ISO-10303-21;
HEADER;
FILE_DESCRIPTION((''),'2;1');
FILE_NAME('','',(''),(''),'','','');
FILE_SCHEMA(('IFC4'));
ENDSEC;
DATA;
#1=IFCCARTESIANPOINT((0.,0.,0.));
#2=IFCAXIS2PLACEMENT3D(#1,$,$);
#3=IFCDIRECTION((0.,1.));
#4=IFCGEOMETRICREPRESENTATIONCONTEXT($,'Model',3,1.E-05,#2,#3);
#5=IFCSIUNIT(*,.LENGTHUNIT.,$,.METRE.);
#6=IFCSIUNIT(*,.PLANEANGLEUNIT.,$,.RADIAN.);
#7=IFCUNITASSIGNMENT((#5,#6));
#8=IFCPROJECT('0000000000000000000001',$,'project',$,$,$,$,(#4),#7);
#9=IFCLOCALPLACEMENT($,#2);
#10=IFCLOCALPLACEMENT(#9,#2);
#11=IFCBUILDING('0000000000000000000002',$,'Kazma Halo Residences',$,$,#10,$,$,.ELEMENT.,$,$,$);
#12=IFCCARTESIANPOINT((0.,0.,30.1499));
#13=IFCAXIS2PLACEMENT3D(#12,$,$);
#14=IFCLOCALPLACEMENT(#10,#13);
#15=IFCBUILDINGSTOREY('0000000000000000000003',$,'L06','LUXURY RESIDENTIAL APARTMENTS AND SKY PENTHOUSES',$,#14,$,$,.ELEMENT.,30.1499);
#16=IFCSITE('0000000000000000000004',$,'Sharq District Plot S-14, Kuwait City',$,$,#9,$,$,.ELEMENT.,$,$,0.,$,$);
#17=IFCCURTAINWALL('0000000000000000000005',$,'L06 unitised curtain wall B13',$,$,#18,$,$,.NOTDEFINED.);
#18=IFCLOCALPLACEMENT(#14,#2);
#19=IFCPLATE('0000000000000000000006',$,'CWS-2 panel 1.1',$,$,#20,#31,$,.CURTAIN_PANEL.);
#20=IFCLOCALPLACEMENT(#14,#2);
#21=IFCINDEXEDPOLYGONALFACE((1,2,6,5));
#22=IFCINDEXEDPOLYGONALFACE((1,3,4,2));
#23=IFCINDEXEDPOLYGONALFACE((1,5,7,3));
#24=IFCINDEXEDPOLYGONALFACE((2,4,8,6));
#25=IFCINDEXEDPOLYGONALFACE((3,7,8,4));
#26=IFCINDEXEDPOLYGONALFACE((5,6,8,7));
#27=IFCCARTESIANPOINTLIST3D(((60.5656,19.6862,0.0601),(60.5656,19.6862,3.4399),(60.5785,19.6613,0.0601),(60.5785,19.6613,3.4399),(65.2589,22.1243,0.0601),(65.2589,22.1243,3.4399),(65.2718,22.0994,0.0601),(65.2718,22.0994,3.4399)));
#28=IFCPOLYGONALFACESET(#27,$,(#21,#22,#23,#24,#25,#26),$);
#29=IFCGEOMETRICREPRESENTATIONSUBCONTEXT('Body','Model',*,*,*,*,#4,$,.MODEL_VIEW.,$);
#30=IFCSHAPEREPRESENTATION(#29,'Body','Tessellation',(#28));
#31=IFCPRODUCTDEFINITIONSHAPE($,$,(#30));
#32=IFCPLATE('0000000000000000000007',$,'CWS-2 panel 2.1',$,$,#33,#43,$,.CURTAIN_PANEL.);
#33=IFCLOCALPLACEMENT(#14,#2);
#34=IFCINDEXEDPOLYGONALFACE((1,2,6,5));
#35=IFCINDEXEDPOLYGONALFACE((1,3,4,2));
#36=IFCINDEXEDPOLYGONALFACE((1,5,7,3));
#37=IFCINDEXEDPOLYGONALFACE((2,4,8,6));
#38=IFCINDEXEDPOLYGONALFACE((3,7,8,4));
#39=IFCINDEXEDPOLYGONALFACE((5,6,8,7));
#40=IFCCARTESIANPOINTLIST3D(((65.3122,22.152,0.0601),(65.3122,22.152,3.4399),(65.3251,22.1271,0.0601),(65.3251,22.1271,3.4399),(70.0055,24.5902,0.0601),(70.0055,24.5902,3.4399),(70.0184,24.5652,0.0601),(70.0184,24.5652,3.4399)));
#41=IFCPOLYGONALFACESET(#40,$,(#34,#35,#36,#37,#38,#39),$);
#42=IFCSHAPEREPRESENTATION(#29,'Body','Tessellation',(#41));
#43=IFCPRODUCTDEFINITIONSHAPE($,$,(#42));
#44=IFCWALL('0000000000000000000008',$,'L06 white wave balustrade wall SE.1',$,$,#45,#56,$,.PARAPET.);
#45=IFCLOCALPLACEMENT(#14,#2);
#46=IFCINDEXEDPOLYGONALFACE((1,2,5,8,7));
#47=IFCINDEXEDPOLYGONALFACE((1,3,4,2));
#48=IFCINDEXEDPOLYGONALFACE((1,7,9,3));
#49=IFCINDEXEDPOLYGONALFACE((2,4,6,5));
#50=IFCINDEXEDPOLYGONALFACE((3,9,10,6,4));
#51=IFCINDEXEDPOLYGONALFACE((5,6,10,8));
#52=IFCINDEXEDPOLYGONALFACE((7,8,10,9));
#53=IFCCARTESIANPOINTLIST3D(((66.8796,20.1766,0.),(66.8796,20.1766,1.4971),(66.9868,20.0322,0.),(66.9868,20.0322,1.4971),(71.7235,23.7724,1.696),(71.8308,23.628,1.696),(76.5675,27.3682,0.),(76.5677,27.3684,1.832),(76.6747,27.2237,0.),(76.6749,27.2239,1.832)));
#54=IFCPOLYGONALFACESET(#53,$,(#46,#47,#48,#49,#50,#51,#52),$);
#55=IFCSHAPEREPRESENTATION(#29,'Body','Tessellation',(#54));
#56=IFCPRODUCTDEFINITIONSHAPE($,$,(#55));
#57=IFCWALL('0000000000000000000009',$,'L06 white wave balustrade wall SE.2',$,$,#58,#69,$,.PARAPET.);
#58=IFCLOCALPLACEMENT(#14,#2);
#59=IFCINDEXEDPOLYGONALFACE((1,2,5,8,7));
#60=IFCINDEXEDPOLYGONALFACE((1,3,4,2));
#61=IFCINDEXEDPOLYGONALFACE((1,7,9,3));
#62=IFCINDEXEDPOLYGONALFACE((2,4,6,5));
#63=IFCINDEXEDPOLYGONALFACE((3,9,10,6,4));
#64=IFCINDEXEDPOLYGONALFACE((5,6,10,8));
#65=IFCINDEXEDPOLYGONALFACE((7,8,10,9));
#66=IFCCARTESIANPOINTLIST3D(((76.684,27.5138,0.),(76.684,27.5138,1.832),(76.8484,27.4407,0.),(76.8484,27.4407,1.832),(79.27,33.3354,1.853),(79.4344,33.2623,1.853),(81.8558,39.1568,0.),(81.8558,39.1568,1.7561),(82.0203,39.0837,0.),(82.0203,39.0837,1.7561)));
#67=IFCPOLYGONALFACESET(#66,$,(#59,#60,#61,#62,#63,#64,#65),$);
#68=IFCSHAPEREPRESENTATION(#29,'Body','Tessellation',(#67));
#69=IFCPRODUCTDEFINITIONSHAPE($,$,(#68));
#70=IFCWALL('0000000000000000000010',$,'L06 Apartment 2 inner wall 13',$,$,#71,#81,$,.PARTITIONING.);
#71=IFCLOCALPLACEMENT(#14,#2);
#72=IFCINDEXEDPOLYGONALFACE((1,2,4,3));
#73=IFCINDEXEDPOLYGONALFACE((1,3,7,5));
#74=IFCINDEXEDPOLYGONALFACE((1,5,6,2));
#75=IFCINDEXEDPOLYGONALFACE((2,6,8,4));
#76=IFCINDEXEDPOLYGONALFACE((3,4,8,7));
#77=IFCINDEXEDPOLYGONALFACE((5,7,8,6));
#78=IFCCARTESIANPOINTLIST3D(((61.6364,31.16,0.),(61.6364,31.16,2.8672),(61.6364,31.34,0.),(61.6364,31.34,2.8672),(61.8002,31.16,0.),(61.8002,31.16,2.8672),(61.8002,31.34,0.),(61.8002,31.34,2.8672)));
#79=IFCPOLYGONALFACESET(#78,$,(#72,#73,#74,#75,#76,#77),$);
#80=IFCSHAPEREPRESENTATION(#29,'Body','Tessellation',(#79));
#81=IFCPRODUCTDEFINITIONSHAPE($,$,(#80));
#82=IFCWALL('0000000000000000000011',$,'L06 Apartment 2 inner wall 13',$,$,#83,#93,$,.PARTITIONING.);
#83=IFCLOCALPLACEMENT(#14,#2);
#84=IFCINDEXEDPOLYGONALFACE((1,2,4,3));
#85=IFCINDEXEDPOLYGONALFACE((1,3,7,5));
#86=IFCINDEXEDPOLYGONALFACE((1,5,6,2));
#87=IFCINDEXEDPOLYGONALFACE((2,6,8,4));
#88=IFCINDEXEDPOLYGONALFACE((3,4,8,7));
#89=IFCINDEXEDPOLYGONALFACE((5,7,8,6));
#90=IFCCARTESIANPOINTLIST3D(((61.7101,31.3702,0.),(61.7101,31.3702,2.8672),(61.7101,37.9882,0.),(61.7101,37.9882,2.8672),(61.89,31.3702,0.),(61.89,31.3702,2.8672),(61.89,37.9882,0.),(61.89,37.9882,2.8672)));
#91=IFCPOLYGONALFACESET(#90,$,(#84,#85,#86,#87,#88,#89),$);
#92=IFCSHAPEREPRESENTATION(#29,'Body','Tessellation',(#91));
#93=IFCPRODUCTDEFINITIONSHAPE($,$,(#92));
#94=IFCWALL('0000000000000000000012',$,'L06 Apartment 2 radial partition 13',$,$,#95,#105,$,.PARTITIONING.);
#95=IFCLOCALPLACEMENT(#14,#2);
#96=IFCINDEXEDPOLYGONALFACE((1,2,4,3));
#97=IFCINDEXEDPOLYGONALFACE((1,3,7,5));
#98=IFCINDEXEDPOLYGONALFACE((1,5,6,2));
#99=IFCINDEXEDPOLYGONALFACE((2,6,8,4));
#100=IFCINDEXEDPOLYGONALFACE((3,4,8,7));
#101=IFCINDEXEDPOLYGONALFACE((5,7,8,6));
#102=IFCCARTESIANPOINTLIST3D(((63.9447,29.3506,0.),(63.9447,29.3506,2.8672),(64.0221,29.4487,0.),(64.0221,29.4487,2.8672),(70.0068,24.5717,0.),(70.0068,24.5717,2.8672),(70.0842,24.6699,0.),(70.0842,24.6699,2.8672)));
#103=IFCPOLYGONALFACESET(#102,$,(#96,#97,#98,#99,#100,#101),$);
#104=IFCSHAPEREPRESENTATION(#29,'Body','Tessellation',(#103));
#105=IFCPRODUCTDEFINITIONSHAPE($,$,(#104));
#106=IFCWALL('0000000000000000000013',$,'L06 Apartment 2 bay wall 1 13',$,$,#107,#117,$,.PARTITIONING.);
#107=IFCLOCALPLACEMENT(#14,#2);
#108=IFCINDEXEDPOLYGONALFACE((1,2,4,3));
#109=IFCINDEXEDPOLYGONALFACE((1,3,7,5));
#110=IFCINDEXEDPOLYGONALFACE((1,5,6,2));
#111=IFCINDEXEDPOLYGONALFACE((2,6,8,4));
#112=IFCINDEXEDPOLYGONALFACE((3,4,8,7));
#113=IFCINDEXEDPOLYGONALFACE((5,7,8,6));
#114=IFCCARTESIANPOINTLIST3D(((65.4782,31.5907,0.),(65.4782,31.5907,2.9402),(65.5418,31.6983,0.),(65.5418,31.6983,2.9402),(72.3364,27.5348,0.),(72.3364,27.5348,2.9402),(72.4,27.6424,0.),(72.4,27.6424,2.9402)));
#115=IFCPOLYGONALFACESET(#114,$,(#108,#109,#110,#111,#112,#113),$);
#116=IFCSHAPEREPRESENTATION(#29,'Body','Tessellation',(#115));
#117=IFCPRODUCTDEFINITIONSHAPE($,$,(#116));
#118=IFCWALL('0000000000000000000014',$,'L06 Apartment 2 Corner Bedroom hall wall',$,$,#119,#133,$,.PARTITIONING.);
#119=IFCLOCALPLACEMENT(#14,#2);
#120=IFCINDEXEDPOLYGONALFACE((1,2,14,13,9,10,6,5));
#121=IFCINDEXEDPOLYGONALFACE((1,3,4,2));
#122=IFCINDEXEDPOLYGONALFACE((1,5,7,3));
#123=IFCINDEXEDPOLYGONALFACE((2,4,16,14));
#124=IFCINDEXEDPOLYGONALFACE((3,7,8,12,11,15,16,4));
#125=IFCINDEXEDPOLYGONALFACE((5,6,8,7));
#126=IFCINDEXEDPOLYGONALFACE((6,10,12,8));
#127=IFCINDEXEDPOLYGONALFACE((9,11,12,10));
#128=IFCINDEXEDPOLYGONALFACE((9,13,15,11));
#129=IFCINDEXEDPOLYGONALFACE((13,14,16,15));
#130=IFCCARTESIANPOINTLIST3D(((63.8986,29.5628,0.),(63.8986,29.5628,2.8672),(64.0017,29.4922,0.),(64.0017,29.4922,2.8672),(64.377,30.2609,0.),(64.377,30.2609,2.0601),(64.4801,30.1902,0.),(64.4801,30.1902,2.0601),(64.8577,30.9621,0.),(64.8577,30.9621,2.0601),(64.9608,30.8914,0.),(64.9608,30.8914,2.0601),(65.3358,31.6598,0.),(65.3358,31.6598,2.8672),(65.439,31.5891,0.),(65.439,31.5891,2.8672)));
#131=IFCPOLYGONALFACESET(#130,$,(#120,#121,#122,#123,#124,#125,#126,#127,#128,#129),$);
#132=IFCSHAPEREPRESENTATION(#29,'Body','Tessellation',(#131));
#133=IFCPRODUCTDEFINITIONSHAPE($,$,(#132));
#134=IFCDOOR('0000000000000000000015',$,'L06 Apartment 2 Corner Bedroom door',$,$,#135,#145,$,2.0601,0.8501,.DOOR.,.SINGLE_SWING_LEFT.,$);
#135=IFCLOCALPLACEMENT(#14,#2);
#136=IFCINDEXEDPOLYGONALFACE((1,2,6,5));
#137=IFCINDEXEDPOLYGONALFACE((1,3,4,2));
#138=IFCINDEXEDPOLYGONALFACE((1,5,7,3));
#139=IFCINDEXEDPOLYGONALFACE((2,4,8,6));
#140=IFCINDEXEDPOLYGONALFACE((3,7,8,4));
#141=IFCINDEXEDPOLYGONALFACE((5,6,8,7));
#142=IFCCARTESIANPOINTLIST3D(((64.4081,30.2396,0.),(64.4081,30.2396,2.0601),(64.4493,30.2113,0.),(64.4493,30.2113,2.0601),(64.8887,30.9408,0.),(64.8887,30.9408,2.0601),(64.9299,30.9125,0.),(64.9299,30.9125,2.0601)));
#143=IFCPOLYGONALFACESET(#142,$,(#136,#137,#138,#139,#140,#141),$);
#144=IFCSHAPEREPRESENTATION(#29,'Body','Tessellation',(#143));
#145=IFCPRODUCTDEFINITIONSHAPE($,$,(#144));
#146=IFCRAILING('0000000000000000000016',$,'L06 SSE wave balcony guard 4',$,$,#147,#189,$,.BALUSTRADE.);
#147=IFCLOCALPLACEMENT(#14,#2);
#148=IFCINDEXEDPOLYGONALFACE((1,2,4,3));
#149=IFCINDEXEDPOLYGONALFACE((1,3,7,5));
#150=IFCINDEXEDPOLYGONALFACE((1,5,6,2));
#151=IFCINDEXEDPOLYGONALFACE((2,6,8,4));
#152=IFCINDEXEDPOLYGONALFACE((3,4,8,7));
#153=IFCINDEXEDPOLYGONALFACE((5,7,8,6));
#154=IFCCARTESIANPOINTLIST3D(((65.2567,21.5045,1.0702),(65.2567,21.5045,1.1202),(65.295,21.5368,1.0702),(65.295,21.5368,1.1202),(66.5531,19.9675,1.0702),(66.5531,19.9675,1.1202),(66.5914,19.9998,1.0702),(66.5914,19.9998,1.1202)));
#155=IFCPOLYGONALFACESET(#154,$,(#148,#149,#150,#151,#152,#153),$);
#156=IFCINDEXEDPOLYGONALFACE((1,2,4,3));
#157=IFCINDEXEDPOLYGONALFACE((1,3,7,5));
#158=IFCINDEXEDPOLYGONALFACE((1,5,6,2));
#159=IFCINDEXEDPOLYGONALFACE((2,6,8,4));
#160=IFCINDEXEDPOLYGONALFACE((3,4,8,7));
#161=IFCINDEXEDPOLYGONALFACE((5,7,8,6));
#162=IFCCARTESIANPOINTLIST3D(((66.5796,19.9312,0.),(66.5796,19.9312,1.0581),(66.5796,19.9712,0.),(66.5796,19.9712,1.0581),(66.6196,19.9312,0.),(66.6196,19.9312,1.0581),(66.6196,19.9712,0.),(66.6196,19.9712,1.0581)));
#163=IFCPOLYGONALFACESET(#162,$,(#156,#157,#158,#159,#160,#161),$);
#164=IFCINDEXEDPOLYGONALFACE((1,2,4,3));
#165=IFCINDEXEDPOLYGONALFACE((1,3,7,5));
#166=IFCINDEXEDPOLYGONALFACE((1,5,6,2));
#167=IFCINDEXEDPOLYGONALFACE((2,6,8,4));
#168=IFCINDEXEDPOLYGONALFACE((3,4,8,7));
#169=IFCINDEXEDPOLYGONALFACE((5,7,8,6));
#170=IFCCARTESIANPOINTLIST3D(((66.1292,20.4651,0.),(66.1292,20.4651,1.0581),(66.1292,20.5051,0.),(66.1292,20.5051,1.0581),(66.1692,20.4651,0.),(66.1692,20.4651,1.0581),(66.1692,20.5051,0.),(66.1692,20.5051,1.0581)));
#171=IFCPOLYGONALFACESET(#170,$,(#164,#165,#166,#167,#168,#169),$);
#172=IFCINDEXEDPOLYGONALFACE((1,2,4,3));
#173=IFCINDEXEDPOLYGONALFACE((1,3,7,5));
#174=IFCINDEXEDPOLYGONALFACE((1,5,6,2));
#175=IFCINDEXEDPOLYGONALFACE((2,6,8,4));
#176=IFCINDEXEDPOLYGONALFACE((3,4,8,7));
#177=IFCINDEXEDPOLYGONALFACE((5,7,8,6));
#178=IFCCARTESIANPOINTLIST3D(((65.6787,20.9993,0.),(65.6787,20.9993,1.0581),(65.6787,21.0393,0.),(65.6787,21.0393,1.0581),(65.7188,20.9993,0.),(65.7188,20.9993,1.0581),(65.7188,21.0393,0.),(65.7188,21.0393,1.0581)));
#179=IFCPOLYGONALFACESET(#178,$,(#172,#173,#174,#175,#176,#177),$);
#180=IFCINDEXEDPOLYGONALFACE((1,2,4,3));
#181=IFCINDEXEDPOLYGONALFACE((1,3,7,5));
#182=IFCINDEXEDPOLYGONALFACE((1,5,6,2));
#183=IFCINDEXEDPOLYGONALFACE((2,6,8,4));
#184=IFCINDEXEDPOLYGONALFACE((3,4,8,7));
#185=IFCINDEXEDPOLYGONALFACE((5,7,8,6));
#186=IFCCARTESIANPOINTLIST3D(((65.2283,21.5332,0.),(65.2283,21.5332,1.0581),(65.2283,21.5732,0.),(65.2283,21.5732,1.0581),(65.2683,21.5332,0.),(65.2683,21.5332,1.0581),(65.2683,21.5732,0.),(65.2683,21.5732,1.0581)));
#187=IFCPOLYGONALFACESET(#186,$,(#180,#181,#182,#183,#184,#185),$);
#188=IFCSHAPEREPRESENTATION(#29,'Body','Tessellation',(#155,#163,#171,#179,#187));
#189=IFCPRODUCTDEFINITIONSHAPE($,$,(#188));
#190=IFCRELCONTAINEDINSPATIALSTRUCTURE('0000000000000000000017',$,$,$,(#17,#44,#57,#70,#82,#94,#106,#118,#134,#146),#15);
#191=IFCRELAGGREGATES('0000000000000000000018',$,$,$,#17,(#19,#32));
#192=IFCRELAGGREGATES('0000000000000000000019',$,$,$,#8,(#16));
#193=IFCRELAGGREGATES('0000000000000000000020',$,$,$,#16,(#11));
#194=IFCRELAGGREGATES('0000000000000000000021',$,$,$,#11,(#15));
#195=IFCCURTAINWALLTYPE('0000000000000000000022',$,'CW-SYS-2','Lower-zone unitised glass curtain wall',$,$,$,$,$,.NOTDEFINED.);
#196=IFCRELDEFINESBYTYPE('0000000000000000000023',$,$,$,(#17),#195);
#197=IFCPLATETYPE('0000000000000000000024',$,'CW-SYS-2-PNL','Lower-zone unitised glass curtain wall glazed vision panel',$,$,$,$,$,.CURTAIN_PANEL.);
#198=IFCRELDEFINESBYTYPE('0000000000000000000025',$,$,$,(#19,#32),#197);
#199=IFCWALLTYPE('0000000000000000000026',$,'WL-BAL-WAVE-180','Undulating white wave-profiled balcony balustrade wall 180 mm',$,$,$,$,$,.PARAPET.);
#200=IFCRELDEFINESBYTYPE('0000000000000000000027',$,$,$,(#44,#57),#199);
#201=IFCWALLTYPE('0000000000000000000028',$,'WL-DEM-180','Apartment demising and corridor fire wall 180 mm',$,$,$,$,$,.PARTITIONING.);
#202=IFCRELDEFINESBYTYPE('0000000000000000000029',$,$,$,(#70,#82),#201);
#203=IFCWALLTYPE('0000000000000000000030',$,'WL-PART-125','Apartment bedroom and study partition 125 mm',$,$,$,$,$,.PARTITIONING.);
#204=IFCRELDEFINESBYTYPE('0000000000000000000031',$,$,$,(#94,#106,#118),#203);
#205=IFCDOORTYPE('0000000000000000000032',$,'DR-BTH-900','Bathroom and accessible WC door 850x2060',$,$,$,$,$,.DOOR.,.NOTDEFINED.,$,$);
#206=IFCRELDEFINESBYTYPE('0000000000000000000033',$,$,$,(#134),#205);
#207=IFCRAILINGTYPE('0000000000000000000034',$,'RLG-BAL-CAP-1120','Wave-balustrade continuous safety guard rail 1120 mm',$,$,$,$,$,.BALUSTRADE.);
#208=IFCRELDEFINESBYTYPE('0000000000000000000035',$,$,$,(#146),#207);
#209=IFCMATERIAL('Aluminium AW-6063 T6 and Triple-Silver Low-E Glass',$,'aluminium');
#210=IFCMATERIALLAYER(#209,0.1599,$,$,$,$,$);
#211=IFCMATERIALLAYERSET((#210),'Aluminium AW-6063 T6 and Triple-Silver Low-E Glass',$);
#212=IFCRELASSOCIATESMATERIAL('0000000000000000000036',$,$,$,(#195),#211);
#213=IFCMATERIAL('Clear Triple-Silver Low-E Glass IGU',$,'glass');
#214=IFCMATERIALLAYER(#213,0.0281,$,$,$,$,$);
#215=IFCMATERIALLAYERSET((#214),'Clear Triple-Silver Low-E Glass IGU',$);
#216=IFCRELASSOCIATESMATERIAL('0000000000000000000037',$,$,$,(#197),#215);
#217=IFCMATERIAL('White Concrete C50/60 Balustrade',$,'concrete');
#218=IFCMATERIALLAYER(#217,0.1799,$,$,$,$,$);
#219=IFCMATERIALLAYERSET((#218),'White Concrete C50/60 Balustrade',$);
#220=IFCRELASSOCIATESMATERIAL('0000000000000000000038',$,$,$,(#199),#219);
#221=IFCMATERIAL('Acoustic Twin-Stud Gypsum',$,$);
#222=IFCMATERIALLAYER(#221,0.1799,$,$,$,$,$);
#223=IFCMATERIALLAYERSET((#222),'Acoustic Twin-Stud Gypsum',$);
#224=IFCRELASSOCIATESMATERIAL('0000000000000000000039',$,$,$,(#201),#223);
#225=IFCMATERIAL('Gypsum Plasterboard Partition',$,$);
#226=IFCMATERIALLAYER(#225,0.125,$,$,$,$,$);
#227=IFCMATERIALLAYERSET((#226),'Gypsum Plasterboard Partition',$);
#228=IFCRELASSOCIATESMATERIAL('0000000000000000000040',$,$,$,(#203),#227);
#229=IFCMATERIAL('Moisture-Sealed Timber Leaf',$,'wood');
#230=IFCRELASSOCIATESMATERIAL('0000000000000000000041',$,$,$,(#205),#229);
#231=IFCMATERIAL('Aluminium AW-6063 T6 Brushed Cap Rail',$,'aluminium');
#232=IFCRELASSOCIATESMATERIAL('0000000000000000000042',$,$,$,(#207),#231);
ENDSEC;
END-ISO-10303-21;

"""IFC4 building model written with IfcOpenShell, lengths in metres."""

from ifc_helpers import new_model, si_unit, direction, frame, frame_2d, origin, origin_2d, place, context, subcontext, project, spatial, polyline, rectangle, outline, extrude, material, layer, layer_set, type_object, element, fill, aggregate, save


model = new_model("IFC4")

# Units and contexts
model_context = context("Model", 3, precision=1e-05, world=origin(), true_north=direction((0.0, 1.0)))
body_context = subcontext(model_context, "Body", "Model", "MODEL_VIEW")
ifc_project = project(units=[si_unit("LENGTHUNIT", "METRE"), si_unit("PLANEANGLEUNIT", "RADIAN")], contexts=[model_context])

# Site, building, storey
site_placement = place(None, origin())
site = spatial("IfcSite", under=ifc_project, at=site_placement, Name="Sharq District Plot S-14, Kuwait City", CompositionType="ELEMENT", RefElevation=0.0)
building_placement = place(site_placement, origin())
building = spatial("IfcBuilding", under=site, at=building_placement, Name="Kazma Halo Residences", CompositionType="ELEMENT")
storey_placement = place(building_placement, frame((0.0, 0.0, 30.1499)))
storey = spatial("IfcBuildingStorey", under=building, at=storey_placement, Name="L06", Description="LUXURY RESIDENTIAL APARTMENTS AND SKY PENTHOUSES", CompositionType="ELEMENT", Elevation=30.1499)

# Curtain wall, plates
ifc_material_1 = material(Name="Aluminium AW-6063 T6 and Triple-Silver Low-E Glass", Category="aluminium")
ifc_layer_1 = layer(ifc_material_1, 0.1599)
ifc_layer_set_1 = layer_set([ifc_layer_1], Name="Aluminium AW-6063 T6 and Triple-Silver Low-E Glass")
curtain_wall_type = type_object("IfcCurtainWallType", Name="CW-SYS-2", Description="Lower-zone unitised glass curtain wall", PredefinedType="NOTDEFINED", material=ifc_layer_set_1)
curtain_wall_placement = place(storey_placement, origin())
curtain_wall = element("IfcCurtainWall", 1, at=curtain_wall_placement, inside=storey, type_object=curtain_wall_type, Name="L06 unitised curtain wall B13", PredefinedType="NOTDEFINED")
ifc_material_2 = material(Name="Clear Triple-Silver Low-E Glass IGU", Category="glass")
ifc_layer_2 = layer(ifc_material_2, 0.0281)
ifc_layer_set_2 = layer_set([ifc_layer_2], Name="Clear Triple-Silver Low-E Glass IGU")
plate_type = type_object("IfcPlateType", Name="CW-SYS-2-PNL", Description="Lower-zone unitised glass curtain wall glazed vision panel", PredefinedType="CURTAIN_PANEL", material=ifc_layer_set_2)
plate_1_placement = place(storey_placement, frame((62.9187, 20.8928, 0.0601), z_axis=(0.0, 0.0, 1.0), x_axis=(0.887402, 0.460996, 0.0)))
plate_1 = element("IfcPlate", 2, at=plate_1_placement, type_object=plate_type, Name="CWS-2 panel 1.1", PredefinedType="CURTAIN_PANEL", context=body_context, shape_type="SweptSolid", body=[
    extrude(rectangle(XDim=5.2888, YDim=0.0281, at=origin_2d()), origin(), (0.0, 0.0, 1.0), 3.3799),
])
plate_2_placement = place(storey_placement, frame((67.6653, 23.3586, 0.0601), z_axis=(0.0, 0.0, 1.0), x_axis=(0.887402, 0.460996, 0.0)))
plate_2 = element("IfcPlate", 3, at=plate_2_placement, type_object=plate_type, Name="CWS-2 panel 2.1", PredefinedType="CURTAIN_PANEL", context=body_context, shape_type="SweptSolid", body=[
    extrude(rectangle(XDim=5.2888, YDim=0.0281, at=origin_2d()), origin(), (0.0, 0.0, 1.0), 3.3799),
])
aggregate(curtain_wall, [plate_1, plate_2])

# Walls
ifc_material_3 = material(Name="White Concrete C50/60 Balustrade", Category="concrete")
ifc_layer_3 = layer(ifc_material_3, 0.1799)
ifc_layer_set_3 = layer_set([ifc_layer_3], Name="White Concrete C50/60 Balustrade")
wall_type_1 = type_object("IfcWallType", Name="WL-BAL-WAVE-180", Description="Undulating white wave-profiled balcony balustrade wall 180 mm", PredefinedType="PARAPET", material=ifc_layer_set_3)
wall_1_placement = place(storey_placement, frame((66.9331, 20.1045, 0.0), z_axis=(0.0, 0.0, 1.0), x_axis=(0.802948, 0.596049, 0.0)))
element("IfcWall", 4, at=wall_1_placement, inside=storey, type_object=wall_type_1, Name="L06 white wave balustrade wall SE.1", PredefinedType="PARAPET", context=body_context, shape_type="SweptSolid", body=[
    extrude(outline(polyline([(0.0, 0.0), (12.0654, 0.0), (12.0657, 1.832), (6.0327, 1.696), (0.0, 1.4971), (0.0, 0.0)])), frame((0.0, 0.0898, 0.0), z_axis=(0.0, -1.0, 0.0), x_axis=(1.0, 0.0, 0.0)), (0.0, 0.0, 1.0), 0.1799),
])
wall_2_placement = place(storey_placement, frame((76.7661, 27.4773, 0.0), z_axis=(0.0, 0.0, 1.0), x_axis=(0.405954, 0.913894, 0.0)))
element("IfcWall", 5, at=wall_2_placement, inside=storey, type_object=wall_type_1, Name="L06 white wave balustrade wall SE.2", PredefinedType="PARAPET", context=body_context, shape_type="SweptSolid", body=[
    extrude(outline(polyline([(0.0, 0.0), (12.74, 0.0), (12.74, 1.7561), (6.3701, 1.853), (0.0, 1.832), (0.0, 0.0)])), frame((0.0, 0.0898, 0.0), z_axis=(0.0, -1.0, 0.0), x_axis=(1.0, 0.0, 0.0)), (0.0, 0.0, 1.0), 0.1799),
])
ifc_material_4 = material(Name="Acoustic Twin-Stud Gypsum")
ifc_layer_4 = layer(ifc_material_4, 0.1799)
ifc_layer_set_4 = layer_set([ifc_layer_4], Name="Acoustic Twin-Stud Gypsum")
wall_type_2 = type_object("IfcWallType", Name="WL-DEM-180", Description="Apartment demising and corridor fire wall 180 mm", PredefinedType="PARTITIONING", material=ifc_layer_set_4)
wall_3_placement = place(storey_placement, frame((61.6362, 31.25, 0.0), z_axis=(0.0, 0.0, 1.0), x_axis=(1.0, 0.0, 0.0)))
element("IfcWall", 6, at=wall_3_placement, inside=storey, type_object=wall_type_2, Name="L06 Apartment 2 inner wall 13", PredefinedType="PARTITIONING", context=body_context, shape_type="SweptSolid", body=[
    extrude(rectangle(XDim=0.1638, YDim=0.1799, at=frame_2d((0.082, 0.0))), origin(), (0.0, 0.0, 1.0), 2.8672),
])
wall_4_placement = place(storey_placement, frame((61.8, 31.3701, 0.0), z_axis=(0.0, 0.0, 1.0), x_axis=(0.0, 1.0, 0.0)))
element("IfcWall", 7, at=wall_4_placement, inside=storey, type_object=wall_type_2, Name="L06 Apartment 2 inner wall 13", PredefinedType="PARTITIONING", context=body_context, shape_type="SweptSolid", body=[
    extrude(rectangle(XDim=6.6179, YDim=0.1799, at=frame_2d((3.3091, 0.0))), origin(), (0.0, 0.0, 1.0), 2.8672),
])

# Walls
ifc_material_5 = material(Name="Gypsum Plasterboard Partition")
ifc_layer_5 = layer(ifc_material_5, 0.125)
ifc_layer_set_5 = layer_set([ifc_layer_5], Name="Gypsum Plasterboard Partition")
wall_type_3 = type_object("IfcWallType", Name="WL-PART-125", Description="Apartment bedroom and study partition 125 mm", PredefinedType="PARTITIONING", material=ifc_layer_set_5)
wall_5_placement = place(storey_placement, frame((63.9834, 29.3997, 0.0), z_axis=(0.0, 0.0, 1.0), x_axis=(0.785323, -0.619086, 0.0)))
element("IfcWall", 8, at=wall_5_placement, inside=storey, type_object=wall_type_3, Name="L06 Apartment 2 radial partition 13", PredefinedType="PARTITIONING", context=body_context, shape_type="SweptSolid", body=[
    extrude(rectangle(XDim=7.7192, YDim=0.125, at=frame_2d((3.8596, 0.0))), origin(), (0.0, 0.0, 1.0), 2.8672),
])
wall_6_placement = place(storey_placement, frame((65.51, 31.6445, 0.0), z_axis=(0.0, 0.0, 1.0), x_axis=(0.860742, -0.509042, 0.0)))
element("IfcWall", 9, at=wall_6_placement, inside=storey, type_object=wall_type_3, Name="L06 Apartment 2 bay wall 1 13", PredefinedType="PARTITIONING", context=body_context, shape_type="SweptSolid", body=[
    extrude(rectangle(XDim=7.9678, YDim=0.125, at=frame_2d((3.9839, 0.0))), origin(), (0.0, 0.0, 1.0), 2.9402),
])

# Wall, opening, door
wall_7_placement = place(storey_placement, frame((63.9502, 29.5276, 0.0), z_axis=(0.0, 0.0, 1.0), x_axis=(0.565359, 0.824845, 0.0)))
wall_7 = element("IfcWall", 10, at=wall_7_placement, inside=storey, type_object=wall_type_3, Name="L06 Apartment 2 Corner Bedroom hall wall", PredefinedType="PARTITIONING", context=body_context, shape_type="SweptSolid", body=[
    extrude(rectangle(XDim=2.5422, YDim=0.125, at=frame_2d((1.271, 0.0))), origin(), (0.0, 0.0, 1.0), 2.8672),
])
opening_1_placement = place(wall_7_placement, frame((0.8462, 0.0, 0.0)))
opening_1 = element("IfcOpeningElement", 11, at=opening_1_placement, cuts=wall_7, PredefinedType="OPENING", context=body_context, shape_type="SweptSolid", body=[
    extrude(rectangle(XDim=0.8501, YDim=2.0601, at=frame_2d((0.425, 1.03))), frame((0.0, 0.0725, 0.0), z_axis=(0.0, -1.0, 0.0), x_axis=(1.0, 0.0, 0.0)), (0.0, 0.0, 1.0), 0.145),
])
ifc_material_6 = material(Name="Moisture-Sealed Timber Leaf", Category="wood")
door_type_1 = type_object("IfcDoorType", Name="DR-BTH-900", Description="Bathroom and accessible WC door 850x2060", OperationType="NOTDEFINED", PredefinedType="DOOR", material=ifc_material_6)
door_1_placement = place(opening_1_placement, origin())
door_1 = element("IfcDoor", 12, at=door_1_placement, inside=storey, type_object=door_type_1, Name="L06 Apartment 2 Corner Bedroom door", OperationType="SINGLE_SWING_LEFT", OverallHeight=2.0601, OverallWidth=0.8501, PredefinedType="DOOR", context=body_context, shape_type="SweptSolid", body=[
    extrude(rectangle(XDim=0.8501, YDim=2.0601, at=frame_2d((0.425, 1.03))), frame((0.0, 0.0249, 0.0), z_axis=(0.0, -1.0, 0.0), x_axis=(1.0, 0.0, 0.0)), (0.0, 0.0, 1.0), 0.05),
])
fill(opening_1, door_1)

# Railing
ifc_material_7 = material(Name="Aluminium AW-6063 T6 Brushed Cap Rail", Category="aluminium")
railing_type = type_object("IfcRailingType", Name="RLG-BAL-CAP-1120", Description="Wave-balustrade continuous safety guard rail 1120 mm", PredefinedType="BALUSTRADE", material=ifc_material_7)
railing_1_placement = place(storey_placement, frame((66.5996, 19.9512, 0.0)))
element("IfcRailing", 13, at=railing_1_placement, inside=storey, type_object=railing_type, Name="L06 SSE wave balcony guard 4", PredefinedType="BALUSTRADE", context=body_context, shape_type="SweptSolid", body=[
    extrude(rectangle(XDim=0.05, YDim=0.05, at=origin_2d()), frame((-0.0273, 0.0325, 1.0952), z_axis=(-0.644756, 0.764388, 0.0), x_axis=(-0.764388, -0.644756, 0.0)), (0.0, 0.0, 1.0), 2.0107),
    extrude(rectangle(XDim=0.04, YDim=0.04, at=origin_2d()), origin(), (0.0, 0.0, 1.0), 1.0581),
    extrude(rectangle(XDim=0.04, YDim=0.04, at=origin_2d()), frame((-0.4504, 0.5339, 0.0)), (0.0, 0.0, 1.0), 1.0581),
    extrude(rectangle(XDim=0.04, YDim=0.04, at=origin_2d()), frame((-0.9009, 1.0681, 0.0)), (0.0, 0.0, 1.0), 1.0581),
    extrude(rectangle(XDim=0.04, YDim=0.04, at=origin_2d()), frame((-1.3513, 1.6021, 0.0)), (0.0, 0.0, 1.0), 1.0581),
])

save(model, "model.ifc")
